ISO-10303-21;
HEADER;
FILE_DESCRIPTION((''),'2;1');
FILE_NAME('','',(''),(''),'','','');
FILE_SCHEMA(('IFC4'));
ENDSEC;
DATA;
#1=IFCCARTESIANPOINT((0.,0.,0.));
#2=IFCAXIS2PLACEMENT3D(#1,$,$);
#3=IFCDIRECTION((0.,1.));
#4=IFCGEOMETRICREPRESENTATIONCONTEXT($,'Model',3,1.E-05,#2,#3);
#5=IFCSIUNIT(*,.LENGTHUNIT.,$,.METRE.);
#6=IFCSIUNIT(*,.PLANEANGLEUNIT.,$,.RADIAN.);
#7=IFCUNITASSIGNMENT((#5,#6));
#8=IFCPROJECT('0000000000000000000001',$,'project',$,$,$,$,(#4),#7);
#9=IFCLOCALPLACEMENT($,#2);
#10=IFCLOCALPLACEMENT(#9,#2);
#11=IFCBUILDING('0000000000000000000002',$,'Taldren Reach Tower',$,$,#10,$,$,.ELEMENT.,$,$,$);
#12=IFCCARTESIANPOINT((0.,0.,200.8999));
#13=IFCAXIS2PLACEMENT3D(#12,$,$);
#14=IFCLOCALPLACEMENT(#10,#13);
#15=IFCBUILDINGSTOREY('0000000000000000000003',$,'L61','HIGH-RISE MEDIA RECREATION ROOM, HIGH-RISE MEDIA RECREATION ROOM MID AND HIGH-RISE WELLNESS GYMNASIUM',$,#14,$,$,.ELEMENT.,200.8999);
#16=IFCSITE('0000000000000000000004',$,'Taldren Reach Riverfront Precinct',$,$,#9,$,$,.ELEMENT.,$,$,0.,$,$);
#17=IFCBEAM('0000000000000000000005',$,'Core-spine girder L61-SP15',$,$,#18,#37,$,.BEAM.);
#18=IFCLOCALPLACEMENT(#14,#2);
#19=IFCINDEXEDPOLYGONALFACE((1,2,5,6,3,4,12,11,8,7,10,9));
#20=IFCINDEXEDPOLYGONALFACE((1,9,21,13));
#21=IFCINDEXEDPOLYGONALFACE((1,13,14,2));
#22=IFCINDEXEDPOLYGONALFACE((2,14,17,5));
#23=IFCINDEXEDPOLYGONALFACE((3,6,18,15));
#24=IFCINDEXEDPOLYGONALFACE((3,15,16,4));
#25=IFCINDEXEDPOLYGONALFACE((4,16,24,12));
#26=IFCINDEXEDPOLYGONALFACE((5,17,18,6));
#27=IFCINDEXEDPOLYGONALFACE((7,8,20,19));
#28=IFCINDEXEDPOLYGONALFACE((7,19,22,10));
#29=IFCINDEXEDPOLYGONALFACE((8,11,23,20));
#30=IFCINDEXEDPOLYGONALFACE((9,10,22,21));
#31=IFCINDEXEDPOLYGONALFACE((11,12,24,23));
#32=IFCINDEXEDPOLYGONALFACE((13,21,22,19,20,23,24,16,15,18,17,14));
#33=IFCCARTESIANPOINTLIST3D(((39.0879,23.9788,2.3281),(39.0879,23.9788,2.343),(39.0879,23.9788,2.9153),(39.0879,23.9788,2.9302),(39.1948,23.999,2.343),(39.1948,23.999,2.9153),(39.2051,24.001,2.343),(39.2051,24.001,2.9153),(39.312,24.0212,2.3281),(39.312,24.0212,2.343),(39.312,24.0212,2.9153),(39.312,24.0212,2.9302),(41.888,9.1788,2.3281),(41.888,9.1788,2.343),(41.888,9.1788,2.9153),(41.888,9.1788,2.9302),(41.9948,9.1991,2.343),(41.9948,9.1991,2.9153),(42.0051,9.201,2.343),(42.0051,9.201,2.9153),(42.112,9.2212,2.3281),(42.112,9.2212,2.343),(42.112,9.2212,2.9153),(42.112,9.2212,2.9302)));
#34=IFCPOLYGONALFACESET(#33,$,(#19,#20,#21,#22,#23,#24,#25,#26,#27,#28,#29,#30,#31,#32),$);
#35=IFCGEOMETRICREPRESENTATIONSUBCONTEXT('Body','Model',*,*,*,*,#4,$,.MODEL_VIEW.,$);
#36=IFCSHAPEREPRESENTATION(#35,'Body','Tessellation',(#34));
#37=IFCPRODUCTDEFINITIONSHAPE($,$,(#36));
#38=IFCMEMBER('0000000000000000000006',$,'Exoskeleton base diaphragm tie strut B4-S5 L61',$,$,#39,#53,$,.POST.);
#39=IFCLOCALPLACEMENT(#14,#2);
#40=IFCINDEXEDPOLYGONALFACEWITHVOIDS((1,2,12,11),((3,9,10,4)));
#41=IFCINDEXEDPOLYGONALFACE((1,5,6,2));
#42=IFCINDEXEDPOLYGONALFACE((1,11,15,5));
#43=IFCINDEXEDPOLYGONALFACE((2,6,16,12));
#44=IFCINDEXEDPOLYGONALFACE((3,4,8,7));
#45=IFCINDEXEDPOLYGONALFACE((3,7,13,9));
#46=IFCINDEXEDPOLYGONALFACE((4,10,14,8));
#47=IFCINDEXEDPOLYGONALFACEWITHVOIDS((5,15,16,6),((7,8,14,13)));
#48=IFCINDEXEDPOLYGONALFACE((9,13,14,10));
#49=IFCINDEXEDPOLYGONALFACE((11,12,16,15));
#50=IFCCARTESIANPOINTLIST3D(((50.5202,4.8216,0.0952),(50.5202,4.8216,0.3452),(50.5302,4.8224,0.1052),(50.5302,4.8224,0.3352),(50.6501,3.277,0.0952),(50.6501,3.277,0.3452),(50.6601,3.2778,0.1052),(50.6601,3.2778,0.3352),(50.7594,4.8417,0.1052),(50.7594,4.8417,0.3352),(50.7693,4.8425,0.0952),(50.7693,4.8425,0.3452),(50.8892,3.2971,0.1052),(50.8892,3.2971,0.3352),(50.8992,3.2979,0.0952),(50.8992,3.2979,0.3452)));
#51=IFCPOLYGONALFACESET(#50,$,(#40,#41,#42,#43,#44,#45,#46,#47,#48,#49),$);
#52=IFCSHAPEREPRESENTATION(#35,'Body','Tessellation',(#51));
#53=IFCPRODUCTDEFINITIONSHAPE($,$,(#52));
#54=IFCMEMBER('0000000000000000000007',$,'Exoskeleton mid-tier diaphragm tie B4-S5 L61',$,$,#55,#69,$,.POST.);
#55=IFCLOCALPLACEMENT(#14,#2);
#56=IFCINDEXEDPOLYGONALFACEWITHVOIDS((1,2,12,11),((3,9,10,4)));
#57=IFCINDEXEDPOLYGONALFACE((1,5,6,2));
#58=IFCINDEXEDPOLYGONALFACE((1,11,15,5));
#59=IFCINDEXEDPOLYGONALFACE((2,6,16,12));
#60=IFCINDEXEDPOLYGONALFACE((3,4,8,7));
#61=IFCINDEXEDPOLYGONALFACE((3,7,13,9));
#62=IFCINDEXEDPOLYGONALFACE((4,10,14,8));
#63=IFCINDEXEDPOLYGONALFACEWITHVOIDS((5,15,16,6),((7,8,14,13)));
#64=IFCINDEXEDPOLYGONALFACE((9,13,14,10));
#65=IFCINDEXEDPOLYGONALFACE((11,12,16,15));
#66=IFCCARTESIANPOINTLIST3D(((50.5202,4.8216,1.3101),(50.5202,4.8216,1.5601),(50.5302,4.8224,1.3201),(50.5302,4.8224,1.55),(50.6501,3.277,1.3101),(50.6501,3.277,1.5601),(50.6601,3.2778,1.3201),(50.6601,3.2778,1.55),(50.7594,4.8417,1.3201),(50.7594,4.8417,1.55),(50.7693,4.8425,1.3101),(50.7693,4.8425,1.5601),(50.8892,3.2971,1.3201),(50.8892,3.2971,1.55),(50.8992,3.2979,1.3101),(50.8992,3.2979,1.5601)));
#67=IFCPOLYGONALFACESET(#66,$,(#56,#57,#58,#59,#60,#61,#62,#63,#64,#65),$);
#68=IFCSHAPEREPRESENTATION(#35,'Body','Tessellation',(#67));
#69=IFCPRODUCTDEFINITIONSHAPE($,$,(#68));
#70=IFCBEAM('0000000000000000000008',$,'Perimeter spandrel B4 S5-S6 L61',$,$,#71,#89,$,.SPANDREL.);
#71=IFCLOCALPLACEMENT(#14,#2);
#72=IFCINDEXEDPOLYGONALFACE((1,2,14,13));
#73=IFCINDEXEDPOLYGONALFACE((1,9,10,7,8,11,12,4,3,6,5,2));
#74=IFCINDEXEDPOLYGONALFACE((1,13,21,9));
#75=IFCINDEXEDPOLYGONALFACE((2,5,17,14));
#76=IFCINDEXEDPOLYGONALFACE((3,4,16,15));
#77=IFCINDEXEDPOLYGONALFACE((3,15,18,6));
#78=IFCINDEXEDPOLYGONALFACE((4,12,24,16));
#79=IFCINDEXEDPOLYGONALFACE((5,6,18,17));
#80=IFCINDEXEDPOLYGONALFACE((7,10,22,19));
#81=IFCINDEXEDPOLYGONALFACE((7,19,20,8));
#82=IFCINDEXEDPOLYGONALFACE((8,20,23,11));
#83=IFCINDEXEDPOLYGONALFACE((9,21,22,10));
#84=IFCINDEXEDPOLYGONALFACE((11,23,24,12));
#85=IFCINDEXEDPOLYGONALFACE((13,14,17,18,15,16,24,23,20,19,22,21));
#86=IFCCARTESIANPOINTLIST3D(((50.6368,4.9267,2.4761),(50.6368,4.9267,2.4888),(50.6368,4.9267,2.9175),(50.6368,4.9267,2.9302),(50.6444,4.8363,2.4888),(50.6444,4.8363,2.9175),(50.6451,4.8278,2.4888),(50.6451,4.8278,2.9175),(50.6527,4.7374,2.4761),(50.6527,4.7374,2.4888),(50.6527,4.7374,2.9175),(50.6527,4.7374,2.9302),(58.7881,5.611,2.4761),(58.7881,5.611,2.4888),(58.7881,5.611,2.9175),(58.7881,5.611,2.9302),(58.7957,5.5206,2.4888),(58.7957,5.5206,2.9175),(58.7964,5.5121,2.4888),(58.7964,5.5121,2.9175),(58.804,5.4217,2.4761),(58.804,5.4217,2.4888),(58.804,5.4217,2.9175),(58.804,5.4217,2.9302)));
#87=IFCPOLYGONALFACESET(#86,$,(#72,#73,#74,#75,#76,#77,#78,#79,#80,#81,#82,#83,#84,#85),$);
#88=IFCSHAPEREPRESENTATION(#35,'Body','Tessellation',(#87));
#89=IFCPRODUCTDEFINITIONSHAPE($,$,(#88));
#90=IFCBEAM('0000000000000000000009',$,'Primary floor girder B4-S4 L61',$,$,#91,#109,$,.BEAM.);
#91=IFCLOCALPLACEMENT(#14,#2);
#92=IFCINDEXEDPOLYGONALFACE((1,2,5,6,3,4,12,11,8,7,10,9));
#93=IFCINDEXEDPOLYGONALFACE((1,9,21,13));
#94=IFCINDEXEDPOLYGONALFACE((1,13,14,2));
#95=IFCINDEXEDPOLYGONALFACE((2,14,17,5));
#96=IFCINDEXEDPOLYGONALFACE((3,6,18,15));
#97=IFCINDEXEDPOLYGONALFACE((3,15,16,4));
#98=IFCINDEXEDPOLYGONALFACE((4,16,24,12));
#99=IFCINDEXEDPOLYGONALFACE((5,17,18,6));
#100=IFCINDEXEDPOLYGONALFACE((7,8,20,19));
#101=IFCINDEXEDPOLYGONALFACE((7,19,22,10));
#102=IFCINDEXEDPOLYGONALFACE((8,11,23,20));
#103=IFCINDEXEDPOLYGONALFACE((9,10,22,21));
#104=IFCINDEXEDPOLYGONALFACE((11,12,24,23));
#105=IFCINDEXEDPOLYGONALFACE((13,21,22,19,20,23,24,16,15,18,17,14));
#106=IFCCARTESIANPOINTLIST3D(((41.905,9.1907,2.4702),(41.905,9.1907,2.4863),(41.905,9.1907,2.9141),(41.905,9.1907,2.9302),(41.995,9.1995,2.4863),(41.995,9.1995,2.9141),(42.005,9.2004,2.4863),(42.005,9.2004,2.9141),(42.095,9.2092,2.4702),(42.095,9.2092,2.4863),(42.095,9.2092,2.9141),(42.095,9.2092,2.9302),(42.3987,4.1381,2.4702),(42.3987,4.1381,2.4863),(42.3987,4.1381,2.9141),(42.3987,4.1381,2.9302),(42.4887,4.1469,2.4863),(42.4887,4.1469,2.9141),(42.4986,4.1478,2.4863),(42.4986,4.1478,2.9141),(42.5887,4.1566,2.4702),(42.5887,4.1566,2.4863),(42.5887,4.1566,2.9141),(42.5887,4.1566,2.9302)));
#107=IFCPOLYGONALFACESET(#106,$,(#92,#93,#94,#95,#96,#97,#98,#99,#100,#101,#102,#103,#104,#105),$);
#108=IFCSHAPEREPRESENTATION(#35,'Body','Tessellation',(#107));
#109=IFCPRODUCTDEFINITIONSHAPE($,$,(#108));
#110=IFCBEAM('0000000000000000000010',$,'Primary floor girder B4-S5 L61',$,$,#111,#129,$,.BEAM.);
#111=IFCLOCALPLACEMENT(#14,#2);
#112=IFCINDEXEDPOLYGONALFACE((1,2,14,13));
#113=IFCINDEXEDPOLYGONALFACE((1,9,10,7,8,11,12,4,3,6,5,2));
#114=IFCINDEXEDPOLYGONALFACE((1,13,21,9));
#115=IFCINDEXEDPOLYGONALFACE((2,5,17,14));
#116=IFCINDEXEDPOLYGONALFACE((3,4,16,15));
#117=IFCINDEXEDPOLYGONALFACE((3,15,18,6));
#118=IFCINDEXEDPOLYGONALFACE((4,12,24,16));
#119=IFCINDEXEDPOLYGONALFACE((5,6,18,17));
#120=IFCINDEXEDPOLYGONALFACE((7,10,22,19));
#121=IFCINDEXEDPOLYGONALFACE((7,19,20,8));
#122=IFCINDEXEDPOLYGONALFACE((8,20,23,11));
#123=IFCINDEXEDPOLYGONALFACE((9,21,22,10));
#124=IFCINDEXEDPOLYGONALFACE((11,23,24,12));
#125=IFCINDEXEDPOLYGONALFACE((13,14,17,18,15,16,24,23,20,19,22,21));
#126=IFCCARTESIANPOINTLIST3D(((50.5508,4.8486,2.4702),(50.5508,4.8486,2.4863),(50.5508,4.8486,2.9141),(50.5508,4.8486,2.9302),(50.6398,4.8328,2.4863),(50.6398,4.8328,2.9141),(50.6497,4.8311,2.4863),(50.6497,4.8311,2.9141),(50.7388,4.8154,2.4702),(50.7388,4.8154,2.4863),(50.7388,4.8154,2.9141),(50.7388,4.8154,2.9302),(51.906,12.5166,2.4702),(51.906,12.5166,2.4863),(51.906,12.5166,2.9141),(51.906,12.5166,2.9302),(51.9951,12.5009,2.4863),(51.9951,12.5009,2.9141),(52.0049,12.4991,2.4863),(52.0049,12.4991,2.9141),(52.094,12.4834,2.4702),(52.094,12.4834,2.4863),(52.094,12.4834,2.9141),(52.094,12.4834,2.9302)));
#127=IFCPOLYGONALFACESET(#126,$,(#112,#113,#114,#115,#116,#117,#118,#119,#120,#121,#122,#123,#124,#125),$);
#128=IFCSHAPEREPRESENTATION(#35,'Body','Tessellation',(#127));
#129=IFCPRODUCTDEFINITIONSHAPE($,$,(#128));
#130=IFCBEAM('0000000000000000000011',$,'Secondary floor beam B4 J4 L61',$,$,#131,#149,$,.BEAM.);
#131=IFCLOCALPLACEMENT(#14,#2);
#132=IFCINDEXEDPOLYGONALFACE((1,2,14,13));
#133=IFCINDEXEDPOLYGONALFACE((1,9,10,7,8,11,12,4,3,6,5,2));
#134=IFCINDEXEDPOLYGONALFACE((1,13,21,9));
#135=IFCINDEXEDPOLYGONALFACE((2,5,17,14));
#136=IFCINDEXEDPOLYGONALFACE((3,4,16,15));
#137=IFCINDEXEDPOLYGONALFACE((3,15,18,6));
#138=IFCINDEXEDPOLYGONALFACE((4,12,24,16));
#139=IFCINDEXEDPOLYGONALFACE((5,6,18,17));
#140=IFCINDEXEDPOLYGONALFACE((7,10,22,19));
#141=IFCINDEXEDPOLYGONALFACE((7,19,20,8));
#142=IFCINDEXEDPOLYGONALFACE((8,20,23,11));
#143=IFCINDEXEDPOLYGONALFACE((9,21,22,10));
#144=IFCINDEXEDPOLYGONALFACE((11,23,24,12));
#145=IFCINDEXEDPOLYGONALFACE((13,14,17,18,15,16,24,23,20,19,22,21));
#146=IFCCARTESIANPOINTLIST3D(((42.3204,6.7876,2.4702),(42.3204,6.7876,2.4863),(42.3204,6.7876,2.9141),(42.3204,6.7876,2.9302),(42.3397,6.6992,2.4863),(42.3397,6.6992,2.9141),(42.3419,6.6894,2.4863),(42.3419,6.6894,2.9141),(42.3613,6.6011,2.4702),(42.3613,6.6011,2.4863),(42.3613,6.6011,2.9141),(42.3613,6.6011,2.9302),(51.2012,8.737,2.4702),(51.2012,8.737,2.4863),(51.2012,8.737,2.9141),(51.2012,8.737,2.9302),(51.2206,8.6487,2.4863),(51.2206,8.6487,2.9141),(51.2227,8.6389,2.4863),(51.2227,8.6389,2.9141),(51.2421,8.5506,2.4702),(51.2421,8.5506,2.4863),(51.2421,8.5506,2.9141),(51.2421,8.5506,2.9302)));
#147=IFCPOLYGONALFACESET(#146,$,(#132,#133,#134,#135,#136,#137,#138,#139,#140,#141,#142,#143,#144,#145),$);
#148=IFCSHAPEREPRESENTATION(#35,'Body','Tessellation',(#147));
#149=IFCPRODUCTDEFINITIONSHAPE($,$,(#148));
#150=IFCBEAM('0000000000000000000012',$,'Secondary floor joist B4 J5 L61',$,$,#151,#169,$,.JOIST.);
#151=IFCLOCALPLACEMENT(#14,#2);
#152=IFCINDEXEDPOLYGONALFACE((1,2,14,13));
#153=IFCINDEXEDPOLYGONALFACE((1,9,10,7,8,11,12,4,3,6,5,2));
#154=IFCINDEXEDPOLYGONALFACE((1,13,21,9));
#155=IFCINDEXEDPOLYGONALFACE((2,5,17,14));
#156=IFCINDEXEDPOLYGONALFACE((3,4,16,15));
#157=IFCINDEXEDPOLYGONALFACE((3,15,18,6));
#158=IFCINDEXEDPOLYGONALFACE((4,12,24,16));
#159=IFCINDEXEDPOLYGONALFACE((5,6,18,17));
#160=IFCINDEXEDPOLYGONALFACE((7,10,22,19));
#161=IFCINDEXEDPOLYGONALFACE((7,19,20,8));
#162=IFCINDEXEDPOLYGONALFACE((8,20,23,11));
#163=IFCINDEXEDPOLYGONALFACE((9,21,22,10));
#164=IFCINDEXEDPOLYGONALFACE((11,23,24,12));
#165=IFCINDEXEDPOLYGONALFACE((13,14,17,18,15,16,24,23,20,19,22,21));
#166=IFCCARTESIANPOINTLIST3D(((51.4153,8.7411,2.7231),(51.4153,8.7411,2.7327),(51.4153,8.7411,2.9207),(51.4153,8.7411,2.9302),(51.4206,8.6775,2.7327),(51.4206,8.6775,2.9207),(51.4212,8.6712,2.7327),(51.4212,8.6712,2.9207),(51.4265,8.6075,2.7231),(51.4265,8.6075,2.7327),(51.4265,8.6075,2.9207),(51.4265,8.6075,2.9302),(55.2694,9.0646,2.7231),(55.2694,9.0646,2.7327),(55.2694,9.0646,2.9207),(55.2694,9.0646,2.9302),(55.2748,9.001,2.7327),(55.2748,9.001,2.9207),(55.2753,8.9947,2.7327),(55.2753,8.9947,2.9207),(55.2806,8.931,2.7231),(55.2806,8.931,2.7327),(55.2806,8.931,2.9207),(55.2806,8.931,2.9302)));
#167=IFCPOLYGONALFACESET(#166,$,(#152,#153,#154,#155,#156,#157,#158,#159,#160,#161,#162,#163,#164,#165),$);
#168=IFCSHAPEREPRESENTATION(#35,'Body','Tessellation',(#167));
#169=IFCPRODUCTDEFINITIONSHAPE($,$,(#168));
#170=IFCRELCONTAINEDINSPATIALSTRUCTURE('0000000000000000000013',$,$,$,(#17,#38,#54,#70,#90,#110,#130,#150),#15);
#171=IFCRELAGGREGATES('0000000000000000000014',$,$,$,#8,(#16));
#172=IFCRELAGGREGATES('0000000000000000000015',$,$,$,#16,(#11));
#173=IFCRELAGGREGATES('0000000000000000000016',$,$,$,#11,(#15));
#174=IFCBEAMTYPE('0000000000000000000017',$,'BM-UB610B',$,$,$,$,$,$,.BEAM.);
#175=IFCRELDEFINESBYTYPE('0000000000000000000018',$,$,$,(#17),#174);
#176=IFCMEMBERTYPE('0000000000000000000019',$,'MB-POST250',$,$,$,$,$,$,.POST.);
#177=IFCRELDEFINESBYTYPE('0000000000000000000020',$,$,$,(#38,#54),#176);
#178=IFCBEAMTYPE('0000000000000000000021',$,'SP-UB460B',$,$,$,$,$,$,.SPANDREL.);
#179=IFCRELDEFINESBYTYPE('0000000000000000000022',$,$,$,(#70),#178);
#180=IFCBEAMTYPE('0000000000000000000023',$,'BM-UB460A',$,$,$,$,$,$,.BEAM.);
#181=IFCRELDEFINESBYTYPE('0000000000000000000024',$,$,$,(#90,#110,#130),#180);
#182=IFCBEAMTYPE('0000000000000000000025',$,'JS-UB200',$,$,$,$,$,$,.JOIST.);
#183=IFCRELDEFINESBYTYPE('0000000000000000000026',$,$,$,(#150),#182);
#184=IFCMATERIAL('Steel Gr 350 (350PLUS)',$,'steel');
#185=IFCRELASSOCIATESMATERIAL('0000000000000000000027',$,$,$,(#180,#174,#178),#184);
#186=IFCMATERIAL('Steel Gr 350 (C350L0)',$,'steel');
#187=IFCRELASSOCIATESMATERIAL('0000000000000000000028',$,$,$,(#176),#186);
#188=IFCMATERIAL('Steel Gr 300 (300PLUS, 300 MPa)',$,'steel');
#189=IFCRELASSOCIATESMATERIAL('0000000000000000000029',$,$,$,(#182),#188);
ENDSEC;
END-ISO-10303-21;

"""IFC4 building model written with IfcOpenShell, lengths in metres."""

from ifc_helpers import new_model, si_unit, direction, frame, origin, origin_2d, place, context, subcontext, project, spatial, hollow_rectangle, i_section, extrude, source, transform, mapped, material, material_profile, profile_set, type_object, element, save


model = new_model("IFC4")

# Units and contexts
model_context = context("Model", 3, precision=1e-05, world=origin(), true_north=direction((0.0, 1.0)))
body_context = subcontext(model_context, "Body", "Model", "MODEL_VIEW")
ifc_project = project(units=[si_unit("LENGTHUNIT", "METRE"), si_unit("PLANEANGLEUNIT", "RADIAN")], contexts=[model_context])

# Site, building, storey
site_placement = place(None, origin())
site = spatial("IfcSite", under=ifc_project, at=site_placement, Name="Taldren Reach Riverfront Precinct", CompositionType="ELEMENT", RefElevation=0.0)
building_placement = place(site_placement, origin())
building = spatial("IfcBuilding", under=site, at=building_placement, Name="Taldren Reach Tower", CompositionType="ELEMENT")
storey_placement = place(building_placement, frame((0.0, 0.0, 200.8999)))
storey = spatial("IfcBuildingStorey", under=building, at=storey_placement, Name="L61", Description="HIGH-RISE MEDIA RECREATION ROOM, HIGH-RISE MEDIA RECREATION ROOM MID AND HIGH-RISE WELLNESS GYMNASIUM", CompositionType="ELEMENT", Elevation=200.8999)

# Shared definitions
ifc_material_1 = material(Name="Steel Gr 350 (350PLUS)", Category="steel")

# Beam
ifc_material_profile_1 = material_profile(ifc_material_1, i_section(OverallWidth=0.1909, OverallDepth=0.46, WebThickness=0.01, FlangeThickness=0.0161, at=origin_2d()), Name="460UB82.1")
ifc_profile_set_1 = profile_set([ifc_material_profile_1], Name="Steel Gr 350 (350PLUS)")
beam_type_1 = type_object("IfcBeamType", Name="BM-UB460A", PredefinedType="BEAM", material=ifc_profile_set_1)
ifc_material_profile_2 = material_profile(ifc_material_1, i_section(OverallWidth=0.228, OverallDepth=0.6021, WebThickness=0.0105, FlangeThickness=0.0149, at=origin_2d()), Name="610UB101")
ifc_profile_set_2 = profile_set([ifc_material_profile_2], Name="Steel Gr 350 (350PLUS)")
beam_type_2 = type_object("IfcBeamType", Name="BM-UB610B", PredefinedType="BEAM", material=ifc_profile_set_2)
shared_shape_1 = source(origin(), body_context, "Body", "SweptSolid", [
    extrude(i_section(OverallWidth=0.228, OverallDepth=0.6021, WebThickness=0.0105, FlangeThickness=0.0149, at=origin_2d()), origin(), (0.0, 0.0, 1.0), 15.0625),
])
beam_1_placement = place(storey_placement, frame((39.2, 24.0, 2.6292), z_axis=(0.185894, -0.98257, 0.0), x_axis=(0.98257, 0.185894, 0.0)))
element("IfcBeam", 1, at=beam_1_placement, inside=storey, type_object=beam_type_2, Name="Core-spine girder L61-SP15", PredefinedType="BEAM", context=body_context, shape_type="MappedRepresentation", body=[
    mapped(shared_shape_1, transform((0.0, 0.0, 0.0), scale=1.0)),
])

# Members
ifc_material_2 = material(Name="Steel Gr 350 (C350L0)", Category="steel")
ifc_material_profile_3 = material_profile(ifc_material_2, hollow_rectangle(XDim=0.25, YDim=0.25, WallThickness=0.01, at=origin_2d()), Name="250x250x10.0SHS")
ifc_profile_set_3 = profile_set([ifc_material_profile_3], Name="Steel Gr 350 (C350L0)")
member_type_1 = type_object("IfcMemberType", Name="MB-POST250", PredefinedType="POST", material=ifc_profile_set_3)
shared_shape_2 = source(origin(), body_context, "Body", "SweptSolid", [
    extrude(hollow_rectangle(XDim=0.25, YDim=0.25, WallThickness=0.01, at=origin_2d()), origin(), (0.0, 0.0, 1.0), 1.55),
])
for number, where, z_axis, x_axis, name in (
    (2, (50.6448, 4.832, 0.2202), (0.083788, -0.996484, 0.0), (0.996484, 0.083788, 0.0), "Exoskeleton base diaphragm tie strut B4-S5 L61"),
    (3, (50.6448, 4.832, 1.4351), (0.083788, -0.996484, 0.0), (0.996484, 0.083788, 0.0), "Exoskeleton mid-tier diaphragm tie B4-S5 L61"),
):
    element("IfcMember", number, at=place(storey_placement, frame(where, z_axis=z_axis, x_axis=x_axis)), inside=storey, type_object=member_type_1, Name=name, PredefinedType="POST", context=body_context, shape_type="MappedRepresentation", body=[
        mapped(shared_shape_2, transform((0.0, 0.0, 0.0), scale=1.0)),
    ])

# Beams
ifc_material_profile_4 = material_profile(ifc_material_1, i_section(OverallWidth=0.1899, OverallDepth=0.4541, WebThickness=0.0085, FlangeThickness=0.0127, at=origin_2d()), Name="460UB67.1")
ifc_profile_set_4 = profile_set([ifc_material_profile_4], Name="Steel Gr 350 (350PLUS)")
beam_type_3 = type_object("IfcBeamType", Name="SP-UB460B", PredefinedType="SPANDREL", material=ifc_profile_set_4)
shared_shape_3 = source(origin(), body_context, "Body", "SweptSolid", [
    extrude(i_section(OverallWidth=0.1899, OverallDepth=0.4541, WebThickness=0.0085, FlangeThickness=0.0127, at=origin_2d()), origin(), (0.0, 0.0, 1.0), 8.1799),
])
beam_2_placement = place(storey_placement, frame((50.6448, 4.832, 2.7031), z_axis=(0.996495, 0.083658, 0.0), x_axis=(-0.083658, 0.996495, 0.0)))
element("IfcBeam", 4, at=beam_2_placement, inside=storey, type_object=beam_type_3, Name="Perimeter spandrel B4 S5-S6 L61", PredefinedType="SPANDREL", context=body_context, shape_type="MappedRepresentation", body=[
    mapped(shared_shape_3, transform((0.0, 0.0, 0.0), scale=1.0)),
])
shared_shape_4 = source(origin(), body_context, "Body", "SweptSolid", [
    extrude(i_section(OverallWidth=0.1909, OverallDepth=0.46, WebThickness=0.01, FlangeThickness=0.0161, at=origin_2d()), origin(), (0.0, 0.0, 1.0), 5.0767),
])
beam_3_placement = place(storey_placement, frame((42.0, 9.2, 2.7002), z_axis=(0.097242, -0.995261, 0.0), x_axis=(0.995261, 0.097242, 0.0)))
element("IfcBeam", 5, at=beam_3_placement, inside=storey, type_object=beam_type_1, Name="Primary floor girder B4-S4 L61", PredefinedType="BEAM", context=body_context, shape_type="MappedRepresentation", body=[
    mapped(shared_shape_4, transform((0.0, 0.0, 0.0), scale=1.0)),
])
shared_shape_5 = source(origin(), body_context, "Body", "SweptSolid", [
    extrude(i_section(OverallWidth=0.1909, OverallDepth=0.46, WebThickness=0.01, FlangeThickness=0.0161, at=origin_2d()), origin(), (0.0, 0.0, 1.0), 7.7869),
])
beam_4_placement = place(storey_placement, frame((52.0, 12.5, 2.7002), z_axis=(-0.174041, -0.984738, 0.0), x_axis=(0.984738, -0.174041, 0.0)))
element("IfcBeam", 6, at=beam_4_placement, inside=storey, type_object=beam_type_1, Name="Primary floor girder B4-S5 L61", PredefinedType="BEAM", context=body_context, shape_type="MappedRepresentation", body=[
    mapped(shared_shape_5, transform((0.0, 0.0, 0.0), scale=1.0)),
])
shared_shape_6 = source(origin(), body_context, "Body", "SweptSolid", [
    extrude(i_section(OverallWidth=0.1909, OverallDepth=0.46, WebThickness=0.01, FlangeThickness=0.0161, at=origin_2d()), origin(), (0.0, 0.0, 1.0), 9.0923),
])
beam_5_placement = place(storey_placement, frame((42.3408, 6.6943, 2.7002), z_axis=(0.976744, 0.214408, 0.0), x_axis=(-0.214408, 0.976744, 0.0)))
element("IfcBeam", 7, at=beam_5_placement, inside=storey, type_object=beam_type_1, Name="Secondary floor beam B4 J4 L61", PredefinedType="BEAM", context=body_context, shape_type="MappedRepresentation", body=[
    mapped(shared_shape_6, transform((0.0, 0.0, 0.0), scale=1.0)),
])
ifc_material_3 = material(Name="Steel Gr 300 (300PLUS, 300 MPa)", Category="steel")
ifc_material_profile_5 = material_profile(ifc_material_3, i_section(OverallWidth=0.134, OverallDepth=0.207, WebThickness=0.0063, FlangeThickness=0.0095, at=origin_2d()), Name="200UB29.8")
ifc_profile_set_5 = profile_set([ifc_material_profile_5], Name="Steel Gr 300 (300PLUS, 300 MPa)")
beam_type_4 = type_object("IfcBeamType", Name="JS-UB200", PredefinedType="JOIST", material=ifc_profile_set_5)
shared_shape_7 = source(origin(), body_context, "Body", "SweptSolid", [
    extrude(i_section(OverallWidth=0.134, OverallDepth=0.207, WebThickness=0.0063, FlangeThickness=0.0095, at=origin_2d()), origin(), (0.0, 0.0, 1.0), 3.8677),
])
beam_6_placement = place(storey_placement, frame((51.4209, 8.6743, 2.8267), z_axis=(0.996496, 0.083641, 0.0), x_axis=(-0.083641, 0.996496, 0.0)))
element("IfcBeam", 8, at=beam_6_placement, inside=storey, type_object=beam_type_4, Name="Secondary floor joist B4 J5 L61", PredefinedType="JOIST", context=body_context, shape_type="MappedRepresentation", body=[
    mapped(shared_shape_7, transform((0.0, 0.0, 0.0), scale=1.0)),
])

save(model, "model.ifc")
